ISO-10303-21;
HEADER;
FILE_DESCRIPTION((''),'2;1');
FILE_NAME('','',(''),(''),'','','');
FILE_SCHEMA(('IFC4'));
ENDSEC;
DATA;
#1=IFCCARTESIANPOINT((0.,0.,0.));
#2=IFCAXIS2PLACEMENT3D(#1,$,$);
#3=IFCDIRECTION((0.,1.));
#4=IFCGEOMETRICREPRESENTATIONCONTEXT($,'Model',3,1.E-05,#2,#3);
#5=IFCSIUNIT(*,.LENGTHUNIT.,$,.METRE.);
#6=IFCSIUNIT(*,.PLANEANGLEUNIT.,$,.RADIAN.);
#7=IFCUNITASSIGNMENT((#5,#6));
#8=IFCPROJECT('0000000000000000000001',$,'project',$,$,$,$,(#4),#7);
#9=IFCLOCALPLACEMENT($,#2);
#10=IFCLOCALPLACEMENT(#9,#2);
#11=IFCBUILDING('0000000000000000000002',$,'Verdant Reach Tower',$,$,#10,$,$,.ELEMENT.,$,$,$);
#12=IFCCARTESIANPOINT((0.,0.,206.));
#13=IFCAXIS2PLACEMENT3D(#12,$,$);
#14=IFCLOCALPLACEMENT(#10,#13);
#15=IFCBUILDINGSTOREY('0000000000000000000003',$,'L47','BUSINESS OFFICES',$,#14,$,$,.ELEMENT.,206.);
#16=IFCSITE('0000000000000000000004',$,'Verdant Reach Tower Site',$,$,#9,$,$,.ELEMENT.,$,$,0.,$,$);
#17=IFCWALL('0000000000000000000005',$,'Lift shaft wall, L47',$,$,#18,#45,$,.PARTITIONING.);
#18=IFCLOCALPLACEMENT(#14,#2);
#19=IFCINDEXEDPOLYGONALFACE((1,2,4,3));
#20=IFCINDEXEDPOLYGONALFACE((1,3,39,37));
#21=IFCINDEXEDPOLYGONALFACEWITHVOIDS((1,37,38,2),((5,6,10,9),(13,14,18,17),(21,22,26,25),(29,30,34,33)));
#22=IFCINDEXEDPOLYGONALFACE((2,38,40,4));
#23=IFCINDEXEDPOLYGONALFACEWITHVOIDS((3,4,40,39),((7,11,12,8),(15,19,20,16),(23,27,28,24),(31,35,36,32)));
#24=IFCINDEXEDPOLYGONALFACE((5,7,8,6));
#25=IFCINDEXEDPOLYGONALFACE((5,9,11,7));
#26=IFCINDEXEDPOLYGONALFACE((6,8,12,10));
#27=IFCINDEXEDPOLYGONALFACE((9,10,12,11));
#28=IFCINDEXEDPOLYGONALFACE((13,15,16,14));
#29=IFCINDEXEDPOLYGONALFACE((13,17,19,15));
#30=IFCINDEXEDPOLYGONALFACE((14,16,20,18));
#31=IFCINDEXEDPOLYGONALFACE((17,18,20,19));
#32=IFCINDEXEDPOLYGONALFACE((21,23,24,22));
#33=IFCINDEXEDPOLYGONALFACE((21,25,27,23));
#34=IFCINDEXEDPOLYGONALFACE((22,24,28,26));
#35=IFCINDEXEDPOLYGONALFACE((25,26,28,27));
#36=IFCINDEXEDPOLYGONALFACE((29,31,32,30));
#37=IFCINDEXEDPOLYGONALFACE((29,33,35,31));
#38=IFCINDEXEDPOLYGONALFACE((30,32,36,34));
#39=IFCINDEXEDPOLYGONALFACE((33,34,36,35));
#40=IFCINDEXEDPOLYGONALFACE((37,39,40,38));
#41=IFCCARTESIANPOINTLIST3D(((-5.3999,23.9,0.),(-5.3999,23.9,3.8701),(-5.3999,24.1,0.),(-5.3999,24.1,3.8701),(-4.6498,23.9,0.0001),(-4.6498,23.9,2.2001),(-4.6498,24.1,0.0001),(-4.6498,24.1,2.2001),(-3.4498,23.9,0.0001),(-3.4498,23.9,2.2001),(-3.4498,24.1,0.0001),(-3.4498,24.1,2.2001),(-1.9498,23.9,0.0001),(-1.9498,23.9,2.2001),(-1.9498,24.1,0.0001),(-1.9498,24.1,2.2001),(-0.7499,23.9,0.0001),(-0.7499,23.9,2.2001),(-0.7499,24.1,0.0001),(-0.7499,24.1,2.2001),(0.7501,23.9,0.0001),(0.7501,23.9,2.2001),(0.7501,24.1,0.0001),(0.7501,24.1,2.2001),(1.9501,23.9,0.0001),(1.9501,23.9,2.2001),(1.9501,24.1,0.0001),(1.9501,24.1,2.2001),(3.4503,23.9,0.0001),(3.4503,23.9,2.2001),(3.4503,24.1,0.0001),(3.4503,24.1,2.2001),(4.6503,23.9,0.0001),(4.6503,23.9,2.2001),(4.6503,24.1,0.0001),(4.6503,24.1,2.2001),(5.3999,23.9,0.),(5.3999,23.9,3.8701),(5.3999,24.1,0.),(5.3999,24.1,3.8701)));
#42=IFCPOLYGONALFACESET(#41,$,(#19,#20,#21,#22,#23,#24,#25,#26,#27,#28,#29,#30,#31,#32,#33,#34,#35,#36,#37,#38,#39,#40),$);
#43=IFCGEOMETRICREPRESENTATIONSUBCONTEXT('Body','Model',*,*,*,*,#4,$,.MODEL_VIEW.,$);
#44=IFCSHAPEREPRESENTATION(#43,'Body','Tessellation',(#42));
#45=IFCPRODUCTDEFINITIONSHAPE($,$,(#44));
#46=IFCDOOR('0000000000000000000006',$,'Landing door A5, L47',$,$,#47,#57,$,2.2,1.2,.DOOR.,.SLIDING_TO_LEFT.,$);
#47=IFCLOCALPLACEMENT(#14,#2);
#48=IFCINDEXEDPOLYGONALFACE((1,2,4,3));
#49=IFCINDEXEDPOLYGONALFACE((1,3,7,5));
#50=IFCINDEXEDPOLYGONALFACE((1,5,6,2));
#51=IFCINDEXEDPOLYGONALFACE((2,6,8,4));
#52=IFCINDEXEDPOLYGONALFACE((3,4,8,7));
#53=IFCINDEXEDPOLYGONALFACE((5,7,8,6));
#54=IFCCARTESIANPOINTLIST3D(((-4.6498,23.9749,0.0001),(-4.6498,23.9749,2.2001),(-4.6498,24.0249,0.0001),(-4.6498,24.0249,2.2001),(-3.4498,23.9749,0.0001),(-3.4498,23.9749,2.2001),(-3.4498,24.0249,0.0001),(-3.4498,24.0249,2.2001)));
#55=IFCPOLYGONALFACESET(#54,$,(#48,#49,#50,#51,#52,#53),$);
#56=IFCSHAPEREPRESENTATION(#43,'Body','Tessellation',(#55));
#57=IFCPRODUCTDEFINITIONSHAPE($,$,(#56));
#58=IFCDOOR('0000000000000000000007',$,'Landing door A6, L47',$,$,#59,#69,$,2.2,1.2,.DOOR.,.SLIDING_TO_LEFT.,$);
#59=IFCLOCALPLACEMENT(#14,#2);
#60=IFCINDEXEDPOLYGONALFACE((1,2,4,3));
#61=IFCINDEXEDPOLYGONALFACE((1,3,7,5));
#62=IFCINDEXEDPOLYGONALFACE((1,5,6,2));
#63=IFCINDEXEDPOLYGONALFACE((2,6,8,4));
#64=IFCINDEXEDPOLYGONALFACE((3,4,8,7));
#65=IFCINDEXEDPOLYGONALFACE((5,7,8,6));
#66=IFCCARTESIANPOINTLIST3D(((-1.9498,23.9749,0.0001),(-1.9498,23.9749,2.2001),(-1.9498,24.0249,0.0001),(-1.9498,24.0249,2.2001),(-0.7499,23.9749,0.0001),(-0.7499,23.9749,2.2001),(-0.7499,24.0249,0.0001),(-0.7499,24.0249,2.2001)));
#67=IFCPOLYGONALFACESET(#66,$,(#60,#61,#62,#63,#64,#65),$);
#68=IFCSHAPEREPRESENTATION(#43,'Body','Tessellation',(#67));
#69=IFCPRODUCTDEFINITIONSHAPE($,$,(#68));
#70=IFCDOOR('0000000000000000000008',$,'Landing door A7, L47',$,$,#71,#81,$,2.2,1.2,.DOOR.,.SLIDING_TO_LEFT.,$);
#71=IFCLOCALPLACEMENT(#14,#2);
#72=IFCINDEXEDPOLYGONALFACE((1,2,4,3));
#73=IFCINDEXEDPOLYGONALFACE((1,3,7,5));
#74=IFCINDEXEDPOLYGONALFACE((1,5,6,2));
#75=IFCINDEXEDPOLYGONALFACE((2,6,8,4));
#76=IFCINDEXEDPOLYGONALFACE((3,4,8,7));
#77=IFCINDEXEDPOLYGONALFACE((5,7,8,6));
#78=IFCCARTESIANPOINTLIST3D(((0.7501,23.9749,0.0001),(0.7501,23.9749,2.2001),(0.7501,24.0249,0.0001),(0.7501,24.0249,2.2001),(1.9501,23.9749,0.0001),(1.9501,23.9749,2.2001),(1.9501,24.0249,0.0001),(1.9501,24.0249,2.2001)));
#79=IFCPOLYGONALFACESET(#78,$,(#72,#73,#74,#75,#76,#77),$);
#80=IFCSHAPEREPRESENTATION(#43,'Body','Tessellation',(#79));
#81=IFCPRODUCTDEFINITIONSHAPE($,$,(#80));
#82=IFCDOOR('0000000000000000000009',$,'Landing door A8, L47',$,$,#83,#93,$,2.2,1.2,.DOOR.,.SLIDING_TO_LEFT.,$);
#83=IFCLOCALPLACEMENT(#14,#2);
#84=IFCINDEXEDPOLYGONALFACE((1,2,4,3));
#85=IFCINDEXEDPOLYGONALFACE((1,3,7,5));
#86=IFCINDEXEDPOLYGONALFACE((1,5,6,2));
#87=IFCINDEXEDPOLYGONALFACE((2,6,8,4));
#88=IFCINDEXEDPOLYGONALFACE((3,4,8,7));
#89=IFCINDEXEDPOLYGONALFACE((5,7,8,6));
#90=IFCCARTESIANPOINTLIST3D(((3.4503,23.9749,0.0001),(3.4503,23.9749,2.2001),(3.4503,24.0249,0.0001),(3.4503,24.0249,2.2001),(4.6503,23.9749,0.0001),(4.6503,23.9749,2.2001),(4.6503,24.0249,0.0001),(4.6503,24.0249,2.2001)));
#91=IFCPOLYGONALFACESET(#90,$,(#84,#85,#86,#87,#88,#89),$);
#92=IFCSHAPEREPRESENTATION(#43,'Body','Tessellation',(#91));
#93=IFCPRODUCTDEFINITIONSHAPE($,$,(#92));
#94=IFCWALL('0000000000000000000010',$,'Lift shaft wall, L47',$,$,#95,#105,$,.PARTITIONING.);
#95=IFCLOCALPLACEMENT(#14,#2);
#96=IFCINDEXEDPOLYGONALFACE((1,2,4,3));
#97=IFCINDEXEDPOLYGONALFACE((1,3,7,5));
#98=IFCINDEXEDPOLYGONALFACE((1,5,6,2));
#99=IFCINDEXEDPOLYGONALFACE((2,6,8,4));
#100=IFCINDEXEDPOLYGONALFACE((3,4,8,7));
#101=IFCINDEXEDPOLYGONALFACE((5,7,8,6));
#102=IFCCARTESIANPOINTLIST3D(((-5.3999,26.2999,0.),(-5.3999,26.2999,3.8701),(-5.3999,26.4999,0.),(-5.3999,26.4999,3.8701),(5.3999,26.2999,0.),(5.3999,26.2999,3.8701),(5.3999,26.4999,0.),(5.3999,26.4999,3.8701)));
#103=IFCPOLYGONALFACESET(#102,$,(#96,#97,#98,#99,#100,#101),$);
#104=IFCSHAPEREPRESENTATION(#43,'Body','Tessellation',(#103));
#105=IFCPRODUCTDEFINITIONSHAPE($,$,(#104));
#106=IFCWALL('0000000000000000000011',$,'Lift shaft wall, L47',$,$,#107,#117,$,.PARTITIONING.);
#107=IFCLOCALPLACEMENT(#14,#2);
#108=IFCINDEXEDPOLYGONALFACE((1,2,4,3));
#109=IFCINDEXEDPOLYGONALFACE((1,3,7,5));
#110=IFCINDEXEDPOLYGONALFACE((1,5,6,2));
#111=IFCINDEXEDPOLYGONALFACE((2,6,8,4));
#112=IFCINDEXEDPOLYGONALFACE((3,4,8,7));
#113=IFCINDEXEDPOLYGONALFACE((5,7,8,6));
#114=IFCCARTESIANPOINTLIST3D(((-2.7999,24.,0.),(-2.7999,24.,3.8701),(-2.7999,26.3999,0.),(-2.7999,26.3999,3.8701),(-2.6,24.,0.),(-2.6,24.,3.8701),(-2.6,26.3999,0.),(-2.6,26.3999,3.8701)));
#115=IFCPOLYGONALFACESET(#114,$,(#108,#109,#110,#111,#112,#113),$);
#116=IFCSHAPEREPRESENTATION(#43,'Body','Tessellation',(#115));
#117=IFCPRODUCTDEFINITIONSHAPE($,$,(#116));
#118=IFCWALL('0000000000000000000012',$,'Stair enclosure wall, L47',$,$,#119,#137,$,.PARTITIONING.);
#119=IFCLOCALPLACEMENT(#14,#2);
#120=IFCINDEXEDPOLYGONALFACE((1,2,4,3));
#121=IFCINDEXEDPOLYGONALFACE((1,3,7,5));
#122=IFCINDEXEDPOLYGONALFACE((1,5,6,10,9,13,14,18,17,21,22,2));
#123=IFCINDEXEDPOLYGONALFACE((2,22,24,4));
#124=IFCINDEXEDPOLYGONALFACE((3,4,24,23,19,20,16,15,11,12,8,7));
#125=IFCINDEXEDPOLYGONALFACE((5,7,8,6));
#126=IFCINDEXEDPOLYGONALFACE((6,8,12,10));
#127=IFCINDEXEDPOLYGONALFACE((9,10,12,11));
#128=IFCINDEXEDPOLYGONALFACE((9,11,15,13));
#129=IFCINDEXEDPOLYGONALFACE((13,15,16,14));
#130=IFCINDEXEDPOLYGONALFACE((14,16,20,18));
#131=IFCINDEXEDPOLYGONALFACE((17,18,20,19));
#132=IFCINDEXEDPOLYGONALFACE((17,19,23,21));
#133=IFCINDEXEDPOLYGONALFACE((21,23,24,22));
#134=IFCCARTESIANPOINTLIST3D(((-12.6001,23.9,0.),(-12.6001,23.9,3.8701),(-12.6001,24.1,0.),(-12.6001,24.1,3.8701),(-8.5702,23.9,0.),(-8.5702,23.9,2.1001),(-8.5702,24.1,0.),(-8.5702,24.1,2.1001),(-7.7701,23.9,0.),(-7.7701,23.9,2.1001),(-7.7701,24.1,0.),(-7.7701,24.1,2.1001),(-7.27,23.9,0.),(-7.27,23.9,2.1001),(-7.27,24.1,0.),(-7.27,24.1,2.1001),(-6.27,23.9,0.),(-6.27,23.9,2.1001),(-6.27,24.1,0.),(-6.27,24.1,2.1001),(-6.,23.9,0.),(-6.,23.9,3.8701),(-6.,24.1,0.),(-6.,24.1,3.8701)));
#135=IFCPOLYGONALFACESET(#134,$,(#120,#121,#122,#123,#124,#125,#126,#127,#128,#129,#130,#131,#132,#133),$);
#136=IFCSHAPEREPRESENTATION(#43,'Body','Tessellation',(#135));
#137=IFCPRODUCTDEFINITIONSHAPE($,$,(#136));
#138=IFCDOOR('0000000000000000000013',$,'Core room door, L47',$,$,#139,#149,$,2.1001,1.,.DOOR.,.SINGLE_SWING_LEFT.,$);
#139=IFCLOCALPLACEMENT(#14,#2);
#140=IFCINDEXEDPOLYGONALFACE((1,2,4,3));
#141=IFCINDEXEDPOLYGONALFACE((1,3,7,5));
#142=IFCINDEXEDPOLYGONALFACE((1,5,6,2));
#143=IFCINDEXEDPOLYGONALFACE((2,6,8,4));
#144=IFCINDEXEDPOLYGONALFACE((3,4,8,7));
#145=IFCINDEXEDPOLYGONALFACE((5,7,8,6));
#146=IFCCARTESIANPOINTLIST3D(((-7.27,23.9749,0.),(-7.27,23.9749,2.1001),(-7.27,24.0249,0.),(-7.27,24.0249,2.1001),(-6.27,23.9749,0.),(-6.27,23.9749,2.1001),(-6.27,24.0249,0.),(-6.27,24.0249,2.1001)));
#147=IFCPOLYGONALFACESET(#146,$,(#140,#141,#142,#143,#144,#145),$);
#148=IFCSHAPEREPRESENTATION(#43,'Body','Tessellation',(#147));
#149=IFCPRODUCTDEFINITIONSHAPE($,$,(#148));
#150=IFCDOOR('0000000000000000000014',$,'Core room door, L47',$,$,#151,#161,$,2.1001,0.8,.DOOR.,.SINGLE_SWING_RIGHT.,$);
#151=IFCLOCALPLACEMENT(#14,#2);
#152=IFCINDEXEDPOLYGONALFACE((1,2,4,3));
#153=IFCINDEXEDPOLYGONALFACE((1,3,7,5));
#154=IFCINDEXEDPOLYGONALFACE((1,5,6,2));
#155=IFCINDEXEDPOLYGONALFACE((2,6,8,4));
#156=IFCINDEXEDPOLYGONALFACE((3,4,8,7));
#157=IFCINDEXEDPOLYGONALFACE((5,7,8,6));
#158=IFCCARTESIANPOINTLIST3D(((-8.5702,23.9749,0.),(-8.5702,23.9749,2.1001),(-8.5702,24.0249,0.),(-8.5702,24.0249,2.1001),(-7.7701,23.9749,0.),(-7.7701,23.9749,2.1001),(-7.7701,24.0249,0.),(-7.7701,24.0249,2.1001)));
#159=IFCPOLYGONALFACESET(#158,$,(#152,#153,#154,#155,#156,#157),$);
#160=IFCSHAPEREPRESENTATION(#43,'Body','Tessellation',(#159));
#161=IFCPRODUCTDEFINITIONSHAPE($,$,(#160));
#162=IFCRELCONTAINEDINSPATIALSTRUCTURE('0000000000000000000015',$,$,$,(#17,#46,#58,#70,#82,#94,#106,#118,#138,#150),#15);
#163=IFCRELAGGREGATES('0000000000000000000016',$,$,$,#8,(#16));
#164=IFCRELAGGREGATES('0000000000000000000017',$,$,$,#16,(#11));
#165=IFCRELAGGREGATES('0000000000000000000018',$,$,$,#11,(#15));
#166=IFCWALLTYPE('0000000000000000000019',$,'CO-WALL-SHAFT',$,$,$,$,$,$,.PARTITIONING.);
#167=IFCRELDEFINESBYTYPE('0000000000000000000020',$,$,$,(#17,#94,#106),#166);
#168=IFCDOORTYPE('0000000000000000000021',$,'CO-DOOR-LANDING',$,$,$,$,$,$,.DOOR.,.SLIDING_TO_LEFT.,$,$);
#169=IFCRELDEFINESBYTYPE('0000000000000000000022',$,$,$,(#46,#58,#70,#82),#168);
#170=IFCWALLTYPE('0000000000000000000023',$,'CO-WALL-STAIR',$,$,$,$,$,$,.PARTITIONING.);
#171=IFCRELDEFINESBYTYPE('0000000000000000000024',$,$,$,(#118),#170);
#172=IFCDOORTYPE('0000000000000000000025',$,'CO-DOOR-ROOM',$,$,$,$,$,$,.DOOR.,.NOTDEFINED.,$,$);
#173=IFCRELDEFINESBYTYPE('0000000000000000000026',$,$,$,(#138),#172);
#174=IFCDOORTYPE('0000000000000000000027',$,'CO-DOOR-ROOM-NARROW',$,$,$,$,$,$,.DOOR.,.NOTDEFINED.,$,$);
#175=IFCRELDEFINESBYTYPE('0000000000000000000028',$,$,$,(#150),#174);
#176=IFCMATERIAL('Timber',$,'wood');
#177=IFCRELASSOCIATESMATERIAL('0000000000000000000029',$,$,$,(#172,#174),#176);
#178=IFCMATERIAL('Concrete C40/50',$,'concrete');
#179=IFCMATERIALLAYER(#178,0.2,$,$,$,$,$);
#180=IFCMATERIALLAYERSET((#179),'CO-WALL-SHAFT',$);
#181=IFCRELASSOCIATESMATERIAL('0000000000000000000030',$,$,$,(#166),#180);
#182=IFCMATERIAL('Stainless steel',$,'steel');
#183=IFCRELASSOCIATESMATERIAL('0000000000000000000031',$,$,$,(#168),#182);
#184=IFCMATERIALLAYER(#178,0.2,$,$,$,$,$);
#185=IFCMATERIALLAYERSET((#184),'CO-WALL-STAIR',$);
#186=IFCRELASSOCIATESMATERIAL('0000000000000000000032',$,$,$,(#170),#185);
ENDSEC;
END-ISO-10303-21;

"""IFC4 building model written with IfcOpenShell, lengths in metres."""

from ifc_helpers import new_model, si_unit, direction, frame, frame_2d, origin, place, context, subcontext, project, spatial, rectangle, extrude, material, layer, layer_set, type_object, element, fill, save


model = new_model("IFC4")

# Units and contexts
model_context = context("Model", 3, precision=1e-05, world=origin(), true_north=direction((0.0, 1.0)))
body_context = subcontext(model_context, "Body", "Model", "MODEL_VIEW")
ifc_project = project(units=[si_unit("LENGTHUNIT", "METRE"), si_unit("PLANEANGLEUNIT", "RADIAN")], contexts=[model_context])

# Site, building, storey
site_placement = place(None, origin())
site = spatial("IfcSite", under=ifc_project, at=site_placement, Name="Verdant Reach Tower Site", CompositionType="ELEMENT", RefElevation=0.0)
building_placement = place(site_placement, origin())
building = spatial("IfcBuilding", under=site, at=building_placement, Name="Verdant Reach Tower", CompositionType="ELEMENT")
storey_placement = place(building_placement, frame((0.0, 0.0, 206.0)))
storey = spatial("IfcBuildingStorey", under=building, at=storey_placement, Name="L47", Description="BUSINESS OFFICES", CompositionType="ELEMENT", Elevation=206.0)

# Shared definitions
ifc_material_1 = material(Name="Timber", Category="wood")
door_type_1 = type_object("IfcDoorType", Name="CO-DOOR-ROOM", OperationType="NOTDEFINED", PredefinedType="DOOR", material=ifc_material_1)

# Wall, openings, doors
ifc_material_2 = material(Name="Concrete C40/50", Category="concrete")
ifc_layer_1 = layer(ifc_material_2, 0.2)
ifc_layer_set_1 = layer_set([ifc_layer_1], Name="CO-WALL-SHAFT")
wall_type_1 = type_object("IfcWallType", Name="CO-WALL-SHAFT", PredefinedType="PARTITIONING", material=ifc_layer_set_1)
ifc_material_3 = material(Name="Stainless steel", Category="steel")
door_type_2 = type_object("IfcDoorType", Name="CO-DOOR-LANDING", OperationType="SLIDING_TO_LEFT", PredefinedType="DOOR", material=ifc_material_3)
wall_1_placement = place(storey_placement, frame((-5.3999, 24.0, 0.0), z_axis=(0.0, 0.0, 1.0), x_axis=(1.0, 0.0, 0.0)))
wall_1 = element("IfcWall", 1, at=wall_1_placement, inside=storey, type_object=wall_type_1, Name="Lift shaft wall, L47", PredefinedType="PARTITIONING", context=body_context, shape_type="SweptSolid", body=[
    extrude(rectangle(XDim=10.7998, YDim=0.2, at=frame_2d((5.3999, 0.0))), origin(), (0.0, 0.0, 1.0), 3.8701),
])
opening_1_placement = place(wall_1_placement, frame((0.75, 0.0, 0.0)))
opening_1 = element("IfcOpeningElement", 2, at=opening_1_placement, cuts=wall_1, PredefinedType="OPENING", context=body_context, shape_type="SweptSolid", body=[
    extrude(rectangle(XDim=1.2, YDim=2.2, at=frame_2d((0.6001, 1.1001))), frame((0.0, 0.1099, 0.0), z_axis=(0.0, -1.0, 0.0), x_axis=(1.0, 0.0, 0.0)), (0.0, 0.0, 1.0), 0.22),
])
opening_2_placement = place(wall_1_placement, frame((3.45, 0.0, 0.0)))
opening_2 = element("IfcOpeningElement", 3, at=opening_2_placement, cuts=wall_1, PredefinedType="OPENING", context=body_context, shape_type="SweptSolid", body=[
    extrude(rectangle(XDim=1.2, YDim=2.2, at=frame_2d((0.6001, 1.1001))), frame((0.0, 0.1099, 0.0), z_axis=(0.0, -1.0, 0.0), x_axis=(1.0, 0.0, 0.0)), (0.0, 0.0, 1.0), 0.22),
])
opening_3_placement = place(wall_1_placement, frame((6.1499, 0.0, 0.0)))
opening_3 = element("IfcOpeningElement", 4, at=opening_3_placement, cuts=wall_1, PredefinedType="OPENING", context=body_context, shape_type="SweptSolid", body=[
    extrude(rectangle(XDim=1.2, YDim=2.2, at=frame_2d((0.6001, 1.1001))), frame((0.0, 0.1099, 0.0), z_axis=(0.0, -1.0, 0.0), x_axis=(1.0, 0.0, 0.0)), (0.0, 0.0, 1.0), 0.22),
])
opening_4_placement = place(wall_1_placement, frame((8.8501, 0.0, 0.0)))
opening_4 = element("IfcOpeningElement", 5, at=opening_4_placement, cuts=wall_1, PredefinedType="OPENING", context=body_context, shape_type="SweptSolid", body=[
    extrude(rectangle(XDim=1.2, YDim=2.2, at=frame_2d((0.6001, 1.1001))), frame((0.0, 0.1099, 0.0), z_axis=(0.0, -1.0, 0.0), x_axis=(1.0, 0.0, 0.0)), (0.0, 0.0, 1.0), 0.22),
])
door_1_placement = place(opening_1_placement, origin())
door_1 = element("IfcDoor", 6, at=door_1_placement, inside=storey, type_object=door_type_2, Name="Landing door A5, L47", OperationType="SLIDING_TO_LEFT", OverallHeight=2.2, OverallWidth=1.2, PredefinedType="DOOR", context=body_context, shape_type="SweptSolid", body=[
    extrude(rectangle(XDim=1.2, YDim=2.2, at=frame_2d((0.6001, 1.1001))), frame((0.0, 0.0249, 0.0), z_axis=(0.0, -1.0, 0.0), x_axis=(1.0, 0.0, 0.0)), (0.0, 0.0, 1.0), 0.05),
])
fill(opening_1, door_1)
door_2_placement = place(opening_2_placement, origin())
door_2 = element("IfcDoor", 7, at=door_2_placement, inside=storey, type_object=door_type_2, Name="Landing door A6, L47", OperationType="SLIDING_TO_LEFT", OverallHeight=2.2, OverallWidth=1.2, PredefinedType="DOOR", context=body_context, shape_type="SweptSolid", body=[
    extrude(rectangle(XDim=1.2, YDim=2.2, at=frame_2d((0.6001, 1.1001))), frame((0.0, 0.0249, 0.0), z_axis=(0.0, -1.0, 0.0), x_axis=(1.0, 0.0, 0.0)), (0.0, 0.0, 1.0), 0.05),
])
fill(opening_2, door_2)
door_3_placement = place(opening_3_placement, origin())
door_3 = element("IfcDoor", 8, at=door_3_placement, inside=storey, type_object=door_type_2, Name="Landing door A7, L47", OperationType="SLIDING_TO_LEFT", OverallHeight=2.2, OverallWidth=1.2, PredefinedType="DOOR", context=body_context, shape_type="SweptSolid", body=[
    extrude(rectangle(XDim=1.2, YDim=2.2, at=frame_2d((0.6001, 1.1001))), frame((0.0, 0.0249, 0.0), z_axis=(0.0, -1.0, 0.0), x_axis=(1.0, 0.0, 0.0)), (0.0, 0.0, 1.0), 0.05),
])
fill(opening_3, door_3)
door_4_placement = place(opening_4_placement, origin())
door_4 = element("IfcDoor", 9, at=door_4_placement, inside=storey, type_object=door_type_2, Name="Landing door A8, L47", OperationType="SLIDING_TO_LEFT", OverallHeight=2.2, OverallWidth=1.2, PredefinedType="DOOR", context=body_context, shape_type="SweptSolid", body=[
    extrude(rectangle(XDim=1.2, YDim=2.2, at=frame_2d((0.6001, 1.1001))), frame((0.0, 0.0249, 0.0), z_axis=(0.0, -1.0, 0.0), x_axis=(1.0, 0.0, 0.0)), (0.0, 0.0, 1.0), 0.05),
])
fill(opening_4, door_4)

# Walls
wall_2_placement = place(storey_placement, frame((-5.3999, 26.3999, 0.0), z_axis=(0.0, 0.0, 1.0), x_axis=(1.0, 0.0, 0.0)))
element("IfcWall", 10, at=wall_2_placement, inside=storey, type_object=wall_type_1, Name="Lift shaft wall, L47", PredefinedType="PARTITIONING", context=body_context, shape_type="SweptSolid", body=[
    extrude(rectangle(XDim=10.7998, YDim=0.2, at=frame_2d((5.3999, 0.0))), origin(), (0.0, 0.0, 1.0), 3.8701),
])
wall_3_placement = place(storey_placement, frame((-2.7, 24.0, 0.0), z_axis=(0.0, 0.0, 1.0), x_axis=(0.0, 1.0, 0.0)))
element("IfcWall", 11, at=wall_3_placement, inside=storey, type_object=wall_type_1, Name="Lift shaft wall, L47", PredefinedType="PARTITIONING", context=body_context, shape_type="SweptSolid", body=[
    extrude(rectangle(XDim=2.3999, YDim=0.2, at=frame_2d((1.2, 0.0))), origin(), (0.0, 0.0, 1.0), 3.8701),
])

# Wall, openings, doors
ifc_layer_2 = layer(ifc_material_2, 0.2)
ifc_layer_set_2 = layer_set([ifc_layer_2], Name="CO-WALL-STAIR")
wall_type_2 = type_object("IfcWallType", Name="CO-WALL-STAIR", PredefinedType="PARTITIONING", material=ifc_layer_set_2)
wall_4_placement = place(storey_placement, frame((-12.6001, 24.0, 0.0), z_axis=(0.0, 0.0, 1.0), x_axis=(1.0, 0.0, 0.0)))
wall_4 = element("IfcWall", 12, at=wall_4_placement, inside=storey, type_object=wall_type_2, Name="Stair enclosure wall, L47", PredefinedType="PARTITIONING", context=body_context, shape_type="SweptSolid", body=[
    extrude(rectangle(XDim=6.6001, YDim=0.2, at=frame_2d((3.3, 0.0))), origin(), (0.0, 0.0, 1.0), 3.8701),
])
opening_5_placement = place(wall_4_placement, frame((4.03, 0.0, 0.0)))
opening_5 = element("IfcOpeningElement", 13, at=opening_5_placement, cuts=wall_4, PredefinedType="OPENING", context=body_context, shape_type="SweptSolid", body=[
    extrude(rectangle(XDim=0.8, YDim=2.1001, at=frame_2d((0.3999, 1.05))), frame((0.0, 0.1099, 0.0), z_axis=(0.0, -1.0, 0.0), x_axis=(1.0, 0.0, 0.0)), (0.0, 0.0, 1.0), 0.22),
])
opening_6_placement = place(wall_4_placement, frame((5.3301, 0.0, 0.0)))
opening_6 = element("IfcOpeningElement", 14, at=opening_6_placement, cuts=wall_4, PredefinedType="OPENING", context=body_context, shape_type="SweptSolid", body=[
    extrude(rectangle(XDim=1.0, YDim=2.1001, at=frame_2d((0.5, 1.05))), frame((0.0, 0.1099, 0.0), z_axis=(0.0, -1.0, 0.0), x_axis=(1.0, 0.0, 0.0)), (0.0, 0.0, 1.0), 0.22),
])
door_5_placement = place(opening_6_placement, origin())
door_5 = element("IfcDoor", 15, at=door_5_placement, inside=storey, type_object=door_type_1, Name="Core room door, L47", OperationType="SINGLE_SWING_LEFT", OverallHeight=2.1001, OverallWidth=1.0, PredefinedType="DOOR", context=body_context, shape_type="SweptSolid", body=[
    extrude(rectangle(XDim=1.0, YDim=2.1001, at=frame_2d((0.5, 1.05))), frame((0.0, 0.0249, 0.0), z_axis=(0.0, -1.0, 0.0), x_axis=(1.0, 0.0, 0.0)), (0.0, 0.0, 1.0), 0.05),
])
fill(opening_6, door_5)
door_type_3 = type_object("IfcDoorType", Name="CO-DOOR-ROOM-NARROW", OperationType="NOTDEFINED", PredefinedType="DOOR", material=ifc_material_1)
door_6_placement = place(opening_5_placement, origin())
door_6 = element("IfcDoor", 16, at=door_6_placement, inside=storey, type_object=door_type_3, Name="Core room door, L47", OperationType="SINGLE_SWING_RIGHT", OverallHeight=2.1001, OverallWidth=0.8, PredefinedType="DOOR", context=body_context, shape_type="SweptSolid", body=[
    extrude(rectangle(XDim=0.8, YDim=2.1001, at=frame_2d((0.3999, 1.05))), frame((0.0, 0.0249, 0.0), z_axis=(0.0, -1.0, 0.0), x_axis=(1.0, 0.0, 0.0)), (0.0, 0.0, 1.0), 0.05),
])
fill(opening_5, door_6)

save(model, "model.ifc")
